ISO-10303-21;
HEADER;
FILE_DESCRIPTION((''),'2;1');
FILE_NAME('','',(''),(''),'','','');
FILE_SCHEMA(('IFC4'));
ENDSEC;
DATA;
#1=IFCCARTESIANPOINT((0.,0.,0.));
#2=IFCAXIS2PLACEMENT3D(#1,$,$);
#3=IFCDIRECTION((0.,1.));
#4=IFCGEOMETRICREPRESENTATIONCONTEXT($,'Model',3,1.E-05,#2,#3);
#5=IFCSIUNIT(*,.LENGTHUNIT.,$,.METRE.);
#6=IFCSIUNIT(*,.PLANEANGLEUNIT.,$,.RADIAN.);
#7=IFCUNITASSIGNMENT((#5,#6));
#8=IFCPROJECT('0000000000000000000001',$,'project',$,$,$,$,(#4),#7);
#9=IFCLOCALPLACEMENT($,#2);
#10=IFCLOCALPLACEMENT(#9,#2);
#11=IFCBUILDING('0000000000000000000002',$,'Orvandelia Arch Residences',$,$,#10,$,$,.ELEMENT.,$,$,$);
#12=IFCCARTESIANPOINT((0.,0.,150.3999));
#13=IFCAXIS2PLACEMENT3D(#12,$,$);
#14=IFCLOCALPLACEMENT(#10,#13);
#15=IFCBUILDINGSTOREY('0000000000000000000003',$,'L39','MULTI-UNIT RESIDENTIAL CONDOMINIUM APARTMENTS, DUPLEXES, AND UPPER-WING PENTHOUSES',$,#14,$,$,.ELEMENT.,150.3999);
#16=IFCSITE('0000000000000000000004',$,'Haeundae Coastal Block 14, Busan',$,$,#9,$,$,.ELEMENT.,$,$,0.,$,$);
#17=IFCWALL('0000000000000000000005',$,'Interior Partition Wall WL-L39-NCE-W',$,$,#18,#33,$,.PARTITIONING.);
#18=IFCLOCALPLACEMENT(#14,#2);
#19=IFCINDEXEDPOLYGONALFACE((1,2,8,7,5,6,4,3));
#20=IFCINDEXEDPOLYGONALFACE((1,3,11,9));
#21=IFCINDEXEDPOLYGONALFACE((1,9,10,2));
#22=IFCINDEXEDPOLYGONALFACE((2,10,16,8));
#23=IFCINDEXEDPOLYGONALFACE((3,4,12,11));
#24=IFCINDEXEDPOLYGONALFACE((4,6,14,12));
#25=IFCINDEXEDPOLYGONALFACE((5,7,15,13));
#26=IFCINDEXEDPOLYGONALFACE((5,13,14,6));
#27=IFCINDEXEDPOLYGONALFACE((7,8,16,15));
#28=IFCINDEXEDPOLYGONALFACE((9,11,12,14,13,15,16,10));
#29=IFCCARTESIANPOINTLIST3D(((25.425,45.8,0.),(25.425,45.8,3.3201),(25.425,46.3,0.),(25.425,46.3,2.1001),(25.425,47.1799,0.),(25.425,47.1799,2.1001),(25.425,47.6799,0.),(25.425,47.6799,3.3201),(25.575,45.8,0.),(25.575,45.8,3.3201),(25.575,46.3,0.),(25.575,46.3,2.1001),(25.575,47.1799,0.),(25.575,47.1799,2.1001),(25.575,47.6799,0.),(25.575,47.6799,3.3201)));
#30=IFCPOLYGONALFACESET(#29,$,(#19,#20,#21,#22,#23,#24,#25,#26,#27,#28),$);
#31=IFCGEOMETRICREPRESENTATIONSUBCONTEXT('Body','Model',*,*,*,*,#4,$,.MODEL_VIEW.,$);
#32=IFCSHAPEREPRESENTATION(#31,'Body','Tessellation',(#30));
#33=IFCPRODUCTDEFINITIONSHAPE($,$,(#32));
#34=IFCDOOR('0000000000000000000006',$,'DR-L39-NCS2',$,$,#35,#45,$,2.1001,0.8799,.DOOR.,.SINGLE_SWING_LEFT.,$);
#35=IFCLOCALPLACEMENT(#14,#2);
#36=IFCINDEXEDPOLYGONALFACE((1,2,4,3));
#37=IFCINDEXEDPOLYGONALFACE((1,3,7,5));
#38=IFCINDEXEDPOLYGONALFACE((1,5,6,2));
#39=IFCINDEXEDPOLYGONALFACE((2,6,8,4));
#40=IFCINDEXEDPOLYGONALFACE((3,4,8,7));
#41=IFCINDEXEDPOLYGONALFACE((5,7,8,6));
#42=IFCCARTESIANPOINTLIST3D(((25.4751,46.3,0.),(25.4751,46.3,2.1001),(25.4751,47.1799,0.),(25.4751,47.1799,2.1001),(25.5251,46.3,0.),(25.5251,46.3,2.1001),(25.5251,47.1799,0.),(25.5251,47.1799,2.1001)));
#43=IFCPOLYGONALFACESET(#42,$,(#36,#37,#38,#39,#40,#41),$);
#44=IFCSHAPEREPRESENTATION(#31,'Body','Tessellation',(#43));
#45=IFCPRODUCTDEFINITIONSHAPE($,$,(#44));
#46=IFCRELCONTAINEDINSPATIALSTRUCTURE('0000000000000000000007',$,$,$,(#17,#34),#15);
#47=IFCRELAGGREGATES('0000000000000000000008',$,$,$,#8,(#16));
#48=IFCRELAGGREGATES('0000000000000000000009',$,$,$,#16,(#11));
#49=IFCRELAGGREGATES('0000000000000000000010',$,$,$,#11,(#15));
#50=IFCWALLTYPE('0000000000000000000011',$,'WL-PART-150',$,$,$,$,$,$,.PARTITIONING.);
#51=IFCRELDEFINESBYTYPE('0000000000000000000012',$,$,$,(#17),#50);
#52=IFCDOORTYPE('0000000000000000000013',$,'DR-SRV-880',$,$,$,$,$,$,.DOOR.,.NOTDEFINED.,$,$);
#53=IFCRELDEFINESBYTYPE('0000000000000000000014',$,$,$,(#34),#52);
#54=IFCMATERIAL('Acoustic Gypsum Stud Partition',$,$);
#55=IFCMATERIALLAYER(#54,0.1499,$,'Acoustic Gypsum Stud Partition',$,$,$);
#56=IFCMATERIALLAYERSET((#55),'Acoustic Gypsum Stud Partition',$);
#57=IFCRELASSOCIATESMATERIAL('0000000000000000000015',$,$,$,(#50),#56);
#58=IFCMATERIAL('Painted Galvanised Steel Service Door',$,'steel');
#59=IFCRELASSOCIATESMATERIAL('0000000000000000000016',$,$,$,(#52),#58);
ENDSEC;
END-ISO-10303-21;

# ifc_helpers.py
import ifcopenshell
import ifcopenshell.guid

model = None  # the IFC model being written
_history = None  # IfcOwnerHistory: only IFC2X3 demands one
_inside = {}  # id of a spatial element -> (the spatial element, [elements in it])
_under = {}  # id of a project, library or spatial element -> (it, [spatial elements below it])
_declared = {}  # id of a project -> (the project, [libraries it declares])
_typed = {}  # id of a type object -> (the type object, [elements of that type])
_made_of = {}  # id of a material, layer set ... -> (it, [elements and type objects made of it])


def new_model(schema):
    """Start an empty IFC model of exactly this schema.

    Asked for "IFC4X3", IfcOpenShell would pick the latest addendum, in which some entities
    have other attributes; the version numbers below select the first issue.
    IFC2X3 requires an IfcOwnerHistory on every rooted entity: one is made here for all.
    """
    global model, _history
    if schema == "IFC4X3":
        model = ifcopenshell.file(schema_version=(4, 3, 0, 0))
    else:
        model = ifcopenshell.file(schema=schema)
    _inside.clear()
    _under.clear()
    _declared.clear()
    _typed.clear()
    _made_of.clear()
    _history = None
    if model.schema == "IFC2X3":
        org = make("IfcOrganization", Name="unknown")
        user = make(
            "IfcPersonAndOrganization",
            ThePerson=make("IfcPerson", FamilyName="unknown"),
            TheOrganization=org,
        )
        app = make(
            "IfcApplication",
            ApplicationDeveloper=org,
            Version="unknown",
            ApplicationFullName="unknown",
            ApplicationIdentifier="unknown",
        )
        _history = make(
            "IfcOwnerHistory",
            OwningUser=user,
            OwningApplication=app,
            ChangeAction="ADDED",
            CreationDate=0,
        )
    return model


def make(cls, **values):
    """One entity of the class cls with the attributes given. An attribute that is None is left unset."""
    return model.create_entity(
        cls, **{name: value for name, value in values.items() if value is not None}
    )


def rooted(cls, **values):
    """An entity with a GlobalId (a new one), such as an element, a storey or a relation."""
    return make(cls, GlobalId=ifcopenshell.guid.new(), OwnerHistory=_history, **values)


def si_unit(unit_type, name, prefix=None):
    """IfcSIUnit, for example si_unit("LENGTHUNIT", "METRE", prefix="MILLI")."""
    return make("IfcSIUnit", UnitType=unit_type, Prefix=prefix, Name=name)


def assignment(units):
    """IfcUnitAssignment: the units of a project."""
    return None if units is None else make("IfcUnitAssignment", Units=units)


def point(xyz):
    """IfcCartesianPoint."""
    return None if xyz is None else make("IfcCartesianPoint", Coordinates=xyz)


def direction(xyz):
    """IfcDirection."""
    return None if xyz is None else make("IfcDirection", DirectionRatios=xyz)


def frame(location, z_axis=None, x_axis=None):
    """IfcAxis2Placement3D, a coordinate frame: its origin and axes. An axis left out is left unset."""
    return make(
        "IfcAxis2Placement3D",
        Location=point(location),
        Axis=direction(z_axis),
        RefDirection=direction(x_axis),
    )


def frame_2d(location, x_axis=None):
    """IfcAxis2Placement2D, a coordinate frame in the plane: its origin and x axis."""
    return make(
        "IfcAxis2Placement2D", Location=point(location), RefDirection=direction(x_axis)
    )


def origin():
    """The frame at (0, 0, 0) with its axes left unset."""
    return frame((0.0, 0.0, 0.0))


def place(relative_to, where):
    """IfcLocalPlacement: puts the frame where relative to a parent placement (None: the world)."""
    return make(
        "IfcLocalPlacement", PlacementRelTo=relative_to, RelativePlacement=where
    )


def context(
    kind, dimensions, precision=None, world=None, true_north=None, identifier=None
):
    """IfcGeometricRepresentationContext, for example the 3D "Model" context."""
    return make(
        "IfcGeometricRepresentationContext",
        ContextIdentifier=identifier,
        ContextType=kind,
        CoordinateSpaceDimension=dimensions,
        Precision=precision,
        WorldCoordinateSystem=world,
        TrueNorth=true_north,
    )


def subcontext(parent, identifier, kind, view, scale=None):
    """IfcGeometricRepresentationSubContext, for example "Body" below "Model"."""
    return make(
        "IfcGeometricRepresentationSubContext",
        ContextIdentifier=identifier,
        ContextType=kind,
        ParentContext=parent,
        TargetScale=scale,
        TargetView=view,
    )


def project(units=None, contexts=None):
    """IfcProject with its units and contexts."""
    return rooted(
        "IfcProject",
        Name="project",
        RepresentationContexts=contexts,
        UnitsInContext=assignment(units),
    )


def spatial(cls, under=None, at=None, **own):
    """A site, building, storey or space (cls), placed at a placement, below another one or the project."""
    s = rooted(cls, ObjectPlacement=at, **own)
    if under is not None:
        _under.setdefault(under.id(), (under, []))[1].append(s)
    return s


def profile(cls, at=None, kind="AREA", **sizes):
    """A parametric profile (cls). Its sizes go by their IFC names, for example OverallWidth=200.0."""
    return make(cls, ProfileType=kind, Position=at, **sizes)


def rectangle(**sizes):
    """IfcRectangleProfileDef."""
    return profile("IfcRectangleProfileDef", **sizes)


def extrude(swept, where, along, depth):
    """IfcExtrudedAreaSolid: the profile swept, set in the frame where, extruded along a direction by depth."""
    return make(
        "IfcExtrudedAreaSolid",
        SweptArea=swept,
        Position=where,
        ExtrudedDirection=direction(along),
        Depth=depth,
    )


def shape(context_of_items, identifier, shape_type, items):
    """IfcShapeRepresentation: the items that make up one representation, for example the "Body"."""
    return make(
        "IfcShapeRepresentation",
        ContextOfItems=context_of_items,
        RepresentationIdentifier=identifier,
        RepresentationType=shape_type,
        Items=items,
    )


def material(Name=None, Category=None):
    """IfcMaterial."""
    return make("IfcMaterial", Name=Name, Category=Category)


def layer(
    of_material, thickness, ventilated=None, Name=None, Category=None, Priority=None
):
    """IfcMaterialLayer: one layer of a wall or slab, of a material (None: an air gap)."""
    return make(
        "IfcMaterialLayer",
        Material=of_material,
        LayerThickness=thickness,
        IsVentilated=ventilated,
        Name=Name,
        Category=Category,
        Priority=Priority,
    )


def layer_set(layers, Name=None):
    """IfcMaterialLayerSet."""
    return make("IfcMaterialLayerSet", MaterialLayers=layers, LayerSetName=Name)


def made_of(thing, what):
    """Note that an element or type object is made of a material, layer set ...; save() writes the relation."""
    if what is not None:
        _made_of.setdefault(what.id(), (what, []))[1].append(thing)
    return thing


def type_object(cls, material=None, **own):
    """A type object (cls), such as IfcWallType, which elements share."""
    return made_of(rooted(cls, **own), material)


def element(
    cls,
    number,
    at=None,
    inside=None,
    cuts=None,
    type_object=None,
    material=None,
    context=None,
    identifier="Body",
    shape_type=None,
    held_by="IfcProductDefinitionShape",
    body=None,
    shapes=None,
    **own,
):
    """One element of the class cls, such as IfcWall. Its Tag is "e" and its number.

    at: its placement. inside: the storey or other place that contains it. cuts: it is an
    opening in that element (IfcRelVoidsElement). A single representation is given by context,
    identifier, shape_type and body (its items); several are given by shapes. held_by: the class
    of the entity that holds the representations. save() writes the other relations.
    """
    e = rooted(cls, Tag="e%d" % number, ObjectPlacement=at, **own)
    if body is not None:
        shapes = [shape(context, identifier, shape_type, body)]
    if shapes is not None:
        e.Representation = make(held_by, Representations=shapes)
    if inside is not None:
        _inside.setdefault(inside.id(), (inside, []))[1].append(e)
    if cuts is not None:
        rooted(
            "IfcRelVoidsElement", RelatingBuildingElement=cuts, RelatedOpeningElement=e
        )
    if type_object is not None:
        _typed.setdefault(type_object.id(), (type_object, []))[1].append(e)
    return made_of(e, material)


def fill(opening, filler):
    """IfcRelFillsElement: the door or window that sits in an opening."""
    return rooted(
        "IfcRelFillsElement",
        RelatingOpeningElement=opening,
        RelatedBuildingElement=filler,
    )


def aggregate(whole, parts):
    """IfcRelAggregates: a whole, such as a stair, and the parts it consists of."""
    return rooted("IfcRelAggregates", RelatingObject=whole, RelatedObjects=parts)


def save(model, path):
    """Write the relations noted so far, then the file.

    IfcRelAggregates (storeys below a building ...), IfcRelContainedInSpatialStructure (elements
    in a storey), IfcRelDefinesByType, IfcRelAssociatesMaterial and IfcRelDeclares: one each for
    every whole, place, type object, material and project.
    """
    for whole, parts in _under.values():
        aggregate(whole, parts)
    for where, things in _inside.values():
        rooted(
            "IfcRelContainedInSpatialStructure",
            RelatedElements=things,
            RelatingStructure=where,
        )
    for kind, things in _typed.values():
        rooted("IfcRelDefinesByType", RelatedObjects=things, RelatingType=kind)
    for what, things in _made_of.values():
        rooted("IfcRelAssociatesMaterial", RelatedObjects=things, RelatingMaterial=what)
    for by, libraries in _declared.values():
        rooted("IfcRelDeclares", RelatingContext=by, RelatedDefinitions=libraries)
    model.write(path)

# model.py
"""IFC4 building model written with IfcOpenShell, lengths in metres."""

from ifc_helpers import new_model, si_unit, direction, frame, frame_2d, origin, place, context, subcontext, project, spatial, rectangle, extrude, material, layer, layer_set, type_object, element, fill, save


model = new_model("IFC4")

# Units and contexts
model_context = context("Model", 3, precision=1e-05, world=origin(), true_north=direction((0.0, 1.0)))
body_context = subcontext(model_context, "Body", "Model", "MODEL_VIEW")
ifc_project = project(units=[si_unit("LENGTHUNIT", "METRE"), si_unit("PLANEANGLEUNIT", "RADIAN")], contexts=[model_context])

# Site, building, storey
site_placement = place(None, origin())
site = spatial("IfcSite", under=ifc_project, at=site_placement, Name="Haeundae Coastal Block 14, Busan", CompositionType="ELEMENT", RefElevation=0.0)
building_placement = place(site_placement, origin())
building = spatial("IfcBuilding", under=site, at=building_placement, Name="Orvandelia Arch Residences", CompositionType="ELEMENT")
storey_placement = place(building_placement, frame((0.0, 0.0, 150.3999)))
storey = spatial("IfcBuildingStorey", under=building, at=storey_placement, Name="L39", Description="MULTI-UNIT RESIDENTIAL CONDOMINIUM APARTMENTS, DUPLEXES, AND UPPER-WING PENTHOUSES", CompositionType="ELEMENT", Elevation=150.3999)

# Wall, opening, door
ifc_material_1 = material(Name="Acoustic Gypsum Stud Partition")
ifc_layer_1 = layer(ifc_material_1, 0.1499, Name="Acoustic Gypsum Stud Partition")
ifc_layer_set_1 = layer_set([ifc_layer_1], Name="Acoustic Gypsum Stud Partition")
wall_type_1 = type_object("IfcWallType", Name="WL-PART-150", PredefinedType="PARTITIONING", material=ifc_layer_set_1)
wall_1_placement = place(storey_placement, frame((25.5, 45.8, 0.0), z_axis=(0.0, 0.0, 1.0), x_axis=(0.0, 1.0, 0.0)))
wall_1 = element("IfcWall", 1, at=wall_1_placement, inside=storey, type_object=wall_type_1, Name="Interior Partition Wall WL-L39-NCE-W", PredefinedType="PARTITIONING", context=body_context, shape_type="SweptSolid", body=[
    extrude(rectangle(XDim=1.8799, YDim=0.1499, at=frame_2d((0.9399, 0.0))), origin(), (0.0, 0.0, 1.0), 3.3201),
])
opening_1_placement = place(wall_1_placement, frame((0.5, 0.0, 0.0)))
opening_1 = element("IfcOpeningElement", 2, at=opening_1_placement, cuts=wall_1, PredefinedType="OPENING", context=body_context, shape_type="SweptSolid", body=[
    extrude(rectangle(XDim=0.8799, YDim=2.1001, at=frame_2d((0.4399, 1.05))), frame((0.0, 0.085, 0.0), z_axis=(0.0, -1.0, 0.0), x_axis=(1.0, 0.0, 0.0)), (0.0, 0.0, 1.0), 0.1699),
])
ifc_material_2 = material(Name="Painted Galvanised Steel Service Door", Category="steel")
door_type_1 = type_object("IfcDoorType", Name="DR-SRV-880", OperationType="NOTDEFINED", PredefinedType="DOOR", material=ifc_material_2)
door_1_placement = place(opening_1_placement, origin())
door_1 = element("IfcDoor", 3, at=door_1_placement, inside=storey, type_object=door_type_1, Name="DR-L39-NCS2", OperationType="SINGLE_SWING_LEFT", OverallHeight=2.1001, OverallWidth=0.8799, PredefinedType="DOOR", context=body_context, shape_type="SweptSolid", body=[
    extrude(rectangle(XDim=0.8799, YDim=2.1001, at=frame_2d((0.4399, 1.05))), frame((0.0, 0.0249, 0.0), z_axis=(0.0, -1.0, 0.0), x_axis=(1.0, 0.0, 0.0)), (0.0, 0.0, 1.0), 0.05),
])
fill(opening_1, door_1)

save(model, "model.ifc")
